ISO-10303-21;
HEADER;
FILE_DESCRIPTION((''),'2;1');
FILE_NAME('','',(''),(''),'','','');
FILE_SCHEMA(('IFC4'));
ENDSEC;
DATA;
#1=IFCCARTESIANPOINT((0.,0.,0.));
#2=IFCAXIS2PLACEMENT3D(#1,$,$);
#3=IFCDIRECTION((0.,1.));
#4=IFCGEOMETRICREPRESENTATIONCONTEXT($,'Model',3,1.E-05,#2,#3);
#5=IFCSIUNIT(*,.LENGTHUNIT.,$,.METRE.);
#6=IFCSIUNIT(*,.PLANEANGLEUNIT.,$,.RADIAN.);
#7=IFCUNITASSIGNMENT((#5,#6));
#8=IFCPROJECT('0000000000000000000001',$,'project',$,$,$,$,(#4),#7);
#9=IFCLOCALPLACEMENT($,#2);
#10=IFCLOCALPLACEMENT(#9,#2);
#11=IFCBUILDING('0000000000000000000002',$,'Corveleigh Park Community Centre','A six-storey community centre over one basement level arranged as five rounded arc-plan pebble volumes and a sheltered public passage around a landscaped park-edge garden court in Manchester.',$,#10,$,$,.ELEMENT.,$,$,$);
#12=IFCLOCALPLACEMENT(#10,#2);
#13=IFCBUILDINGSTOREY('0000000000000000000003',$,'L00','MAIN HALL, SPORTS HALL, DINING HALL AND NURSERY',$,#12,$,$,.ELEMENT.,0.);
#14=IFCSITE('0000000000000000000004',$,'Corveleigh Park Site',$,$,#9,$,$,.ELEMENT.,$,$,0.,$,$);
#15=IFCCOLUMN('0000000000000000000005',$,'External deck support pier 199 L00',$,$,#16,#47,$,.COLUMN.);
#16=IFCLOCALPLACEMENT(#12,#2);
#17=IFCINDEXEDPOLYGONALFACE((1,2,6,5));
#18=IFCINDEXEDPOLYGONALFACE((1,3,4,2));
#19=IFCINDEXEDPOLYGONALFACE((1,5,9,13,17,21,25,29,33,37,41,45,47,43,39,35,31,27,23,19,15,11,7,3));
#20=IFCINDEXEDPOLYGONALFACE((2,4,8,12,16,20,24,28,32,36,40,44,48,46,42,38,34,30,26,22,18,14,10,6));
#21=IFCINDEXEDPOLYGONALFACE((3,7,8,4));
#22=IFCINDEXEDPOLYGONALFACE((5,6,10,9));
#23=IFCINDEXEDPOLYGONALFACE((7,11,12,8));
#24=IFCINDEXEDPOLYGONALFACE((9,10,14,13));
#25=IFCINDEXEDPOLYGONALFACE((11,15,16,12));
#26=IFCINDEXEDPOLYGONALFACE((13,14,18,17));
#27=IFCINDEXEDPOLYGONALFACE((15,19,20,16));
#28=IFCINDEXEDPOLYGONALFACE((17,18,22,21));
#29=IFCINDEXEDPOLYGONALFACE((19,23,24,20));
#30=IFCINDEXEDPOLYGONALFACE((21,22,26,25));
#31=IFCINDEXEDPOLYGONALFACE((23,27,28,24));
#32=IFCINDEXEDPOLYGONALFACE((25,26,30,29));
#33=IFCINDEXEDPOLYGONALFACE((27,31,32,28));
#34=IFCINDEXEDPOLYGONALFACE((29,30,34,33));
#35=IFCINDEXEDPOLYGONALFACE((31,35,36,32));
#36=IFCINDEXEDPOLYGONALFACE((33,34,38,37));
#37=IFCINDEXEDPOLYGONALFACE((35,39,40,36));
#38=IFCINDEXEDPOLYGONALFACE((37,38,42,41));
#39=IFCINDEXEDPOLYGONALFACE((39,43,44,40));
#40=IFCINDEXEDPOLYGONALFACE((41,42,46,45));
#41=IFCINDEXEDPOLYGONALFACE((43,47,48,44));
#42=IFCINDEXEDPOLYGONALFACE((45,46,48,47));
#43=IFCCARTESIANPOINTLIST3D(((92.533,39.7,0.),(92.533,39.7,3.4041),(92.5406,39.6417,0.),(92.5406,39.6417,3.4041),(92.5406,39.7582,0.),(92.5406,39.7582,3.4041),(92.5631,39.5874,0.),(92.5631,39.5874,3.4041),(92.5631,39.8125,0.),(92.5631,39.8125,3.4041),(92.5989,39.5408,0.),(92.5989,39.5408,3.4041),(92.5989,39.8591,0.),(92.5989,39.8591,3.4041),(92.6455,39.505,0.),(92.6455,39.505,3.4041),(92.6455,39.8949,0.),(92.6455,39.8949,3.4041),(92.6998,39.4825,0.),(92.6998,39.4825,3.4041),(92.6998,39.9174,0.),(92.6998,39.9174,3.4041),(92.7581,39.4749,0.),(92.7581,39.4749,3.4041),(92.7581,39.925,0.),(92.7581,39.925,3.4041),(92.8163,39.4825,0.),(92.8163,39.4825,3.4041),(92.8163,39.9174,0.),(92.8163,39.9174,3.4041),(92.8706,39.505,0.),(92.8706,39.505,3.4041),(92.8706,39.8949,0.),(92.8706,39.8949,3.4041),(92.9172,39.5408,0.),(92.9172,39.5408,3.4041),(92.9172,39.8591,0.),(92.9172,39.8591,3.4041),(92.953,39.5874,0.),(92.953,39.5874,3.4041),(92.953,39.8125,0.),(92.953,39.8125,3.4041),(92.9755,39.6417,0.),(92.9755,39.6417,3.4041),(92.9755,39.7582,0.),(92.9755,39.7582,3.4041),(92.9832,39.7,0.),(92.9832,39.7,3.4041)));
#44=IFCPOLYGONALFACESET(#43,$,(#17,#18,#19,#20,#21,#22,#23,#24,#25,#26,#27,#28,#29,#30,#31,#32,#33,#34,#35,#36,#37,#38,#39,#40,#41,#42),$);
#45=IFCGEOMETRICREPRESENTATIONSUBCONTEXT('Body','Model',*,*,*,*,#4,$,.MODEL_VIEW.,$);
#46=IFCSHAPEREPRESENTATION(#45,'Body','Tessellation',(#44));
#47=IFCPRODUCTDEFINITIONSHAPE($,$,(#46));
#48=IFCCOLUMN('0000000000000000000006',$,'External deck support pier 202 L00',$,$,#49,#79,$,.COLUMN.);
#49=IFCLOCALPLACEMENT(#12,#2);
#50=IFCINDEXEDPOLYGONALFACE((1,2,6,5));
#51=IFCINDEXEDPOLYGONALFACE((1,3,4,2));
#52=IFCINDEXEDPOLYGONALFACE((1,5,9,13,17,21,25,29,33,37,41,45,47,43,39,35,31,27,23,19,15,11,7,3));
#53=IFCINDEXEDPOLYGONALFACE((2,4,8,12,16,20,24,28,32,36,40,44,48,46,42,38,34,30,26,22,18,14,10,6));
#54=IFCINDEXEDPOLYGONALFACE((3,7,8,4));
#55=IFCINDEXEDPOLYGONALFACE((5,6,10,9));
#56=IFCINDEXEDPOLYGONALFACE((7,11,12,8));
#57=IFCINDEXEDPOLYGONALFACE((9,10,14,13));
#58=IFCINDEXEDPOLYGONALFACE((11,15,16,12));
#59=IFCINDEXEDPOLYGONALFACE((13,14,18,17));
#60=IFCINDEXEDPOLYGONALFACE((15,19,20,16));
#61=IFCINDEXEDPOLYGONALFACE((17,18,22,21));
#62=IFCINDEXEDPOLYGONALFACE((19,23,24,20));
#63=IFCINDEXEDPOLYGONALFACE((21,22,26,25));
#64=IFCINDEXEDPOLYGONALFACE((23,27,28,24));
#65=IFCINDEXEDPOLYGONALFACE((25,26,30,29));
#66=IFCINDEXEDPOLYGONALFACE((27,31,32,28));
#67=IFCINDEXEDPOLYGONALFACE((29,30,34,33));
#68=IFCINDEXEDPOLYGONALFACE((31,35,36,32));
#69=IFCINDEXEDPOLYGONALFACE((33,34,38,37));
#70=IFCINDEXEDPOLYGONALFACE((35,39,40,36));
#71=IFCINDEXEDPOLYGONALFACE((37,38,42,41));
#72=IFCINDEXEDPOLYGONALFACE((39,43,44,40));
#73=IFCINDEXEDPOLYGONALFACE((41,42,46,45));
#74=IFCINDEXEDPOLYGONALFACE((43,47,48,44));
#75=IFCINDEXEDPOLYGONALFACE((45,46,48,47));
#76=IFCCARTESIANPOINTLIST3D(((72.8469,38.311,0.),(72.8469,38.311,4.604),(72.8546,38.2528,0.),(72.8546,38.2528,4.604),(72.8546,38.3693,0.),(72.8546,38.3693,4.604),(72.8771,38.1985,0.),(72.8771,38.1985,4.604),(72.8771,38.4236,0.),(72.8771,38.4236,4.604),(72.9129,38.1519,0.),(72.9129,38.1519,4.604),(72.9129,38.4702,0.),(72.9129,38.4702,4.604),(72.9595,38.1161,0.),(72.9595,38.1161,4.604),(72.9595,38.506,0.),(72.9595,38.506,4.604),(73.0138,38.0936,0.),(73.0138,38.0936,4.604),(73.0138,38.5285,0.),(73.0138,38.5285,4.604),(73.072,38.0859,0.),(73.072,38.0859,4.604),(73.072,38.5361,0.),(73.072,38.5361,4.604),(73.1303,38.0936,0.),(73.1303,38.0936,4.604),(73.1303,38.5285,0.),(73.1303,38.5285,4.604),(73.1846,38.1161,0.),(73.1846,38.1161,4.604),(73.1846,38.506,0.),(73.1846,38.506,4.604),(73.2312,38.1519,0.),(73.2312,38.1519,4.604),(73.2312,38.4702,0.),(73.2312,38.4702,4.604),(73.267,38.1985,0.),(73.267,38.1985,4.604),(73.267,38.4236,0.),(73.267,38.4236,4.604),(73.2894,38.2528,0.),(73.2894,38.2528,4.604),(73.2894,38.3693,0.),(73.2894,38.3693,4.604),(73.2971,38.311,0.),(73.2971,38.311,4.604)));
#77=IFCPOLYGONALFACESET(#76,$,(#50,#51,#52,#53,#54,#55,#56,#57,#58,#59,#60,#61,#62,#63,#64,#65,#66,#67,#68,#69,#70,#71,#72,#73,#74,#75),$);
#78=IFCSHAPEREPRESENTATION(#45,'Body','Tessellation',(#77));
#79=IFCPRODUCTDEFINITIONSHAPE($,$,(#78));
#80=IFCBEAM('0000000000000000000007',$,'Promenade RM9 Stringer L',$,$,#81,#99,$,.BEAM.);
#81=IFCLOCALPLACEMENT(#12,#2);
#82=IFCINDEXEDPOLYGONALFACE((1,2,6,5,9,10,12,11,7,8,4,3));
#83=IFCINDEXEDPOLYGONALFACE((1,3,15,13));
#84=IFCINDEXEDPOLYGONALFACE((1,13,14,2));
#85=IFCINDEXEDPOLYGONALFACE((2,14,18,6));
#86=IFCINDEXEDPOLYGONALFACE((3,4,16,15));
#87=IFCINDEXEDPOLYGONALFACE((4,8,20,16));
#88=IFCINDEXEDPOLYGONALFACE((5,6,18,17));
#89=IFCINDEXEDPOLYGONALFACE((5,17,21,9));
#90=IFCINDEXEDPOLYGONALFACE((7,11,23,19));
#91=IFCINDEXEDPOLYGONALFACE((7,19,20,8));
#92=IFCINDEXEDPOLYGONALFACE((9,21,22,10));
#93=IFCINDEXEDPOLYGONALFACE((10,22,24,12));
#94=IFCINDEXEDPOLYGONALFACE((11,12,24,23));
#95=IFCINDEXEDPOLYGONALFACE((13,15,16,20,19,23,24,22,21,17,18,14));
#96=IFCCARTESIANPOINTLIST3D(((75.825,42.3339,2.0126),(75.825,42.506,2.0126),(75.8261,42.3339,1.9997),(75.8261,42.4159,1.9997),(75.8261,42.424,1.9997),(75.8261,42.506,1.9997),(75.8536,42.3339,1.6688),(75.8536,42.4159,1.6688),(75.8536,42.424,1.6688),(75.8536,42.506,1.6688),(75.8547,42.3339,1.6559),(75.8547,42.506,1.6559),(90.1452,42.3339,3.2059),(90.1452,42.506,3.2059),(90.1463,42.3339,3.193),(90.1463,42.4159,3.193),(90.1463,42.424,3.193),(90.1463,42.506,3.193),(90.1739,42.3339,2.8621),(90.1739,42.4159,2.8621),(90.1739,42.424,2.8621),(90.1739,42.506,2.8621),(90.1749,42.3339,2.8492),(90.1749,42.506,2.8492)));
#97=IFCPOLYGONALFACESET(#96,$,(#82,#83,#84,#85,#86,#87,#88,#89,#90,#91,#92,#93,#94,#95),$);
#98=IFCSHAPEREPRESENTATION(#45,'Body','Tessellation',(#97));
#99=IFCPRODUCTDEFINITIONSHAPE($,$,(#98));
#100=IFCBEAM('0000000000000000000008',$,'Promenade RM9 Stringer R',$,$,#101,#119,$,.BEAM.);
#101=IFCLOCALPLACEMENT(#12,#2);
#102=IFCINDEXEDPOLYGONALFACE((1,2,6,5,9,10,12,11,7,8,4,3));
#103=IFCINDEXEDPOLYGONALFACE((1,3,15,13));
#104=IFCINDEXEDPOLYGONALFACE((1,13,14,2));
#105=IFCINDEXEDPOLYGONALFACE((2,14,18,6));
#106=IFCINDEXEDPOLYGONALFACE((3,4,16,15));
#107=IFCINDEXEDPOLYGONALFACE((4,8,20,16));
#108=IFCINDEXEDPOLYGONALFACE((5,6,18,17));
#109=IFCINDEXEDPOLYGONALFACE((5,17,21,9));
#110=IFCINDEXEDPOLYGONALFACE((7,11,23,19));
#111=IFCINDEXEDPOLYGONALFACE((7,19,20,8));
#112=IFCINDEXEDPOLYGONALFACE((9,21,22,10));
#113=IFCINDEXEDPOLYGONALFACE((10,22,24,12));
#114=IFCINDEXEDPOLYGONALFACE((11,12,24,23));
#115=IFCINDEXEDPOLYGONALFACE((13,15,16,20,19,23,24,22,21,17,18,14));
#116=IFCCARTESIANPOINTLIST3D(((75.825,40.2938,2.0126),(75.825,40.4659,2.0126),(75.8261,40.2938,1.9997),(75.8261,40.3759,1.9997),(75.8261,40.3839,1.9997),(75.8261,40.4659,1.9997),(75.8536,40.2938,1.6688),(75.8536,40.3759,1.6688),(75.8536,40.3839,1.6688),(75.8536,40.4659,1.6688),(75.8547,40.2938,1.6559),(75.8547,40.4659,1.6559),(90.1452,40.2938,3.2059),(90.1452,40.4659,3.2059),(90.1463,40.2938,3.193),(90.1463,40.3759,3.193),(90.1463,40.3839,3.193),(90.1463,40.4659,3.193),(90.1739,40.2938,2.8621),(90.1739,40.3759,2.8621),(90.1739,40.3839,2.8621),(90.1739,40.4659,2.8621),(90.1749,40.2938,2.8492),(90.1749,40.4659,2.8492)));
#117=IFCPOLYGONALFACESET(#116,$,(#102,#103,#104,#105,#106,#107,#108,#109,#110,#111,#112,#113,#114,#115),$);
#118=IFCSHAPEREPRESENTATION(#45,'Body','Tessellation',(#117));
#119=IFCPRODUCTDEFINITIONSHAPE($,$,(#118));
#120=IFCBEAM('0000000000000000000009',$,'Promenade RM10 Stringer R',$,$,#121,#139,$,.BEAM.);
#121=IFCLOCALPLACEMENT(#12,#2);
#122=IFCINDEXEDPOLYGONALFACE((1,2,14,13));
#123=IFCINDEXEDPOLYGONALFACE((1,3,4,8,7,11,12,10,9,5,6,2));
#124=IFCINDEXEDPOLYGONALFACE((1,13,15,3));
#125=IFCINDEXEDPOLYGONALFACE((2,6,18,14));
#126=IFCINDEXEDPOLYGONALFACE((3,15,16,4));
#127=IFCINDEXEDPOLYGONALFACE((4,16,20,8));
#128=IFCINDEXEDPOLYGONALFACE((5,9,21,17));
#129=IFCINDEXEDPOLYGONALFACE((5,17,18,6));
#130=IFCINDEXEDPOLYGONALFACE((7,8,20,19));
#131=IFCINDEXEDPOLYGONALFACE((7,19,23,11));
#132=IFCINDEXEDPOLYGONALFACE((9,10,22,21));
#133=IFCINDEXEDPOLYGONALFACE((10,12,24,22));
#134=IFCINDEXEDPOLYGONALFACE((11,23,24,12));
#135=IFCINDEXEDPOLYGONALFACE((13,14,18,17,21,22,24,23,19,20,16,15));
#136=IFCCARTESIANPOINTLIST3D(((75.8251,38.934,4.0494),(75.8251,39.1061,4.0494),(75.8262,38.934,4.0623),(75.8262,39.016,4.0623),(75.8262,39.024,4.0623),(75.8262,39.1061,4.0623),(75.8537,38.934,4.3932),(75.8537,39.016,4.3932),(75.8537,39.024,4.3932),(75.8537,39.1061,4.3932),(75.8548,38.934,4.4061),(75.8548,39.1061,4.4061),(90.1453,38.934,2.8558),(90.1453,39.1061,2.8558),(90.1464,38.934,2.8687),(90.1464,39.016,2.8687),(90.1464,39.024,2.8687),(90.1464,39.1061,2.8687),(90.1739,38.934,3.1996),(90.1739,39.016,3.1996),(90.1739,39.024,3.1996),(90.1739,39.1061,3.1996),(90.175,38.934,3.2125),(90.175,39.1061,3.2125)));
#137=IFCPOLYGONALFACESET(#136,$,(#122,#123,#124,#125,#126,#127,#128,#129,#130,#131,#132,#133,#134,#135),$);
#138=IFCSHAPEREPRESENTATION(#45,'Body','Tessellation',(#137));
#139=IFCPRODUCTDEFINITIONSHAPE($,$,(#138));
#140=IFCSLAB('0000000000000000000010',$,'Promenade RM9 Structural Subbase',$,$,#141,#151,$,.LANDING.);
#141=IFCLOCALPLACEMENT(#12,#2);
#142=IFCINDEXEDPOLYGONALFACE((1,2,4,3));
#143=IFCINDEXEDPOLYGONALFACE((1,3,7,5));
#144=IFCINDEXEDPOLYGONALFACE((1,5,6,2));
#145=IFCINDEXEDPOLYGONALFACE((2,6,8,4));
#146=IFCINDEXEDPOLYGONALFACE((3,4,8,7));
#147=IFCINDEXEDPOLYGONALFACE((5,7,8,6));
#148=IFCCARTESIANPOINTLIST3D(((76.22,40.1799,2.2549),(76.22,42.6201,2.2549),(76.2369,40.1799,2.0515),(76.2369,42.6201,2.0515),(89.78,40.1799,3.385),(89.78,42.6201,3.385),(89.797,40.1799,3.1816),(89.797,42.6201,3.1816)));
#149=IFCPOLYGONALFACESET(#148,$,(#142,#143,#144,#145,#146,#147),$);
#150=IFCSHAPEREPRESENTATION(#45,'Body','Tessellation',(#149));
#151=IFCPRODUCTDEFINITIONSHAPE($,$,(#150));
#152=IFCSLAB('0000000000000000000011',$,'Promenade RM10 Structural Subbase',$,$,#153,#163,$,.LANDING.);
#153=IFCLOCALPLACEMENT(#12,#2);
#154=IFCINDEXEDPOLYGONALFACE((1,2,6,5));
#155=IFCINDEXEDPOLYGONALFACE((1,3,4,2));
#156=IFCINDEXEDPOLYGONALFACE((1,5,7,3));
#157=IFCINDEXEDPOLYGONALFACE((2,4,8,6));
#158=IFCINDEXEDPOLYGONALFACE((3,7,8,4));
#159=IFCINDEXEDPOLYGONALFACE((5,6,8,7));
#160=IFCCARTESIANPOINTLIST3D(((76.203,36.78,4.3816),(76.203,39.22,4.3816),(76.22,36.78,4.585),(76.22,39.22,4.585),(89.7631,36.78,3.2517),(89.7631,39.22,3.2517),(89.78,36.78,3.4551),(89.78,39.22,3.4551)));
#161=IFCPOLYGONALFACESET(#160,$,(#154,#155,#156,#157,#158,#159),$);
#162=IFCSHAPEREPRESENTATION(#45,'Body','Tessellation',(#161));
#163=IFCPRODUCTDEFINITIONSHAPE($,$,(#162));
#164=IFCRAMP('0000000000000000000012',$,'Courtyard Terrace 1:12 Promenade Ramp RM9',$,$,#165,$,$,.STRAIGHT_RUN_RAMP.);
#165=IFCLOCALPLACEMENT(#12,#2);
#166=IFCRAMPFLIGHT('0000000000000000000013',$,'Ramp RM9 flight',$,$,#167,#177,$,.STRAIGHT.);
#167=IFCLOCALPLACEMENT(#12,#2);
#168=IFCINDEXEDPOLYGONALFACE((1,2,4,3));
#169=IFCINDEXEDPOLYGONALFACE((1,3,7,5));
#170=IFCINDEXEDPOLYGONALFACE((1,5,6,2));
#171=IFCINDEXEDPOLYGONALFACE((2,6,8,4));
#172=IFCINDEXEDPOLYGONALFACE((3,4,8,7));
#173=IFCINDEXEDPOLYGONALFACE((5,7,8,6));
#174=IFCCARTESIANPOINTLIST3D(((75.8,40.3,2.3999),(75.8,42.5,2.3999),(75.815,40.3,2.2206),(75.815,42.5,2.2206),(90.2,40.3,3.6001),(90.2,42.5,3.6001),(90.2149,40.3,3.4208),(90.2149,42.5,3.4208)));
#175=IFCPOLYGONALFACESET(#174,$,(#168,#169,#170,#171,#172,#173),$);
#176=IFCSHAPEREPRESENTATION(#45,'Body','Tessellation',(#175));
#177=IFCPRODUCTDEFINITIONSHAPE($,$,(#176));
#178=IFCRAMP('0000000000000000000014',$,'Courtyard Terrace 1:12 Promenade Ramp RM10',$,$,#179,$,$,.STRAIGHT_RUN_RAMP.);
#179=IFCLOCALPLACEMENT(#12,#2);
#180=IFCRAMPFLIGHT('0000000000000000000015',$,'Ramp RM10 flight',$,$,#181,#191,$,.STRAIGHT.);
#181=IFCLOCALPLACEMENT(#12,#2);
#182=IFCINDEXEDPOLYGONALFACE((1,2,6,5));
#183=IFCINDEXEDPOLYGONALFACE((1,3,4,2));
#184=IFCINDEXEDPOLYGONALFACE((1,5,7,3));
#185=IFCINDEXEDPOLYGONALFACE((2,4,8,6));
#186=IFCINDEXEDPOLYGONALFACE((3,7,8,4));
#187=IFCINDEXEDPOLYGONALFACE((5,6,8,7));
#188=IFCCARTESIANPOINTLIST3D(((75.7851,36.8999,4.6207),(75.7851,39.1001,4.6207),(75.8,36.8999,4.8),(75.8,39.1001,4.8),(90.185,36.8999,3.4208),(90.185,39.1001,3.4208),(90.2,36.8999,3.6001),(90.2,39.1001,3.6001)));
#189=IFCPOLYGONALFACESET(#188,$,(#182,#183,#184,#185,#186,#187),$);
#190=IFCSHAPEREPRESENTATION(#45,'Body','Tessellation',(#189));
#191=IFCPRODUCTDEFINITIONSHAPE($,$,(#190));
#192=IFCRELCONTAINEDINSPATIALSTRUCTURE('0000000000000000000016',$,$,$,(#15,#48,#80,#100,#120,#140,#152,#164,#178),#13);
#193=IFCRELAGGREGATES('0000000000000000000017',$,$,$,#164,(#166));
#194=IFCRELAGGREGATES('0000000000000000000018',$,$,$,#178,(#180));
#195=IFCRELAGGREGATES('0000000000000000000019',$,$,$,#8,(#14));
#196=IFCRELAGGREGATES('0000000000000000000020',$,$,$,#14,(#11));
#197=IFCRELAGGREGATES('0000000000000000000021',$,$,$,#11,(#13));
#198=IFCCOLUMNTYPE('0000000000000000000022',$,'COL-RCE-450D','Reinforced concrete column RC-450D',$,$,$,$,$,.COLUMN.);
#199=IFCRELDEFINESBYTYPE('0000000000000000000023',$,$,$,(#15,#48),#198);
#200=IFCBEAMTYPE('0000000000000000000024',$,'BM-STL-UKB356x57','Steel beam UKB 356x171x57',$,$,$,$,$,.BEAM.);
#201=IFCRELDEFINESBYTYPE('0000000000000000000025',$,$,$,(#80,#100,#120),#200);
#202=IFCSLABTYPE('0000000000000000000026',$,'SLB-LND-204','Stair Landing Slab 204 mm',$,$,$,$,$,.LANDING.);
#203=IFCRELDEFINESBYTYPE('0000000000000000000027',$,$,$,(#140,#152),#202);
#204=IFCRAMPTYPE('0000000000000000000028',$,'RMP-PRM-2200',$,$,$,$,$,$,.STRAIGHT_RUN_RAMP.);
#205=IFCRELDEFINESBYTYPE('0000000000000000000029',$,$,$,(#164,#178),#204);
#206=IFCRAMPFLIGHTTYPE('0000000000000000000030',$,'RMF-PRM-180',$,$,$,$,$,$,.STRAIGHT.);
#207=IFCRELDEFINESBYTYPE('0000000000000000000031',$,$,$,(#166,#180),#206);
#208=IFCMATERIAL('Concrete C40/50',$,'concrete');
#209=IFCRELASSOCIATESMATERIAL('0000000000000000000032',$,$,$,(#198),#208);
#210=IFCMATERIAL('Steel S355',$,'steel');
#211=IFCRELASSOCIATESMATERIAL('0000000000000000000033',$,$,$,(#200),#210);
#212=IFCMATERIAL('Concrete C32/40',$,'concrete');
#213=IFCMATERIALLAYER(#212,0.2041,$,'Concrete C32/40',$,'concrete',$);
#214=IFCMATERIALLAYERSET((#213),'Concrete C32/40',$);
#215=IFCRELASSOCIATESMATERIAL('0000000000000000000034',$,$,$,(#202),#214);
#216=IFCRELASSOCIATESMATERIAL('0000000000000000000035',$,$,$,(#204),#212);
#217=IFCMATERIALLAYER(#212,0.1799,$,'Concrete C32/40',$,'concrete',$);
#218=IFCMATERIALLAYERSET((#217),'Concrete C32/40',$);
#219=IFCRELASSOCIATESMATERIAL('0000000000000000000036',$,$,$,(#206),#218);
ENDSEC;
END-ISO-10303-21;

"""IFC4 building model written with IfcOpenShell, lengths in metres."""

from ifc_helpers import new_model, si_unit, direction, frame, origin, origin_2d, place, context, subcontext, project, spatial, polyline, circle, i_section, outline, extrude, material, layer, layer_set, material_profile, profile_set, type_object, element, aggregate, save


model = new_model("IFC4")

# Units and contexts
model_context = context("Model", 3, precision=1e-05, world=origin(), true_north=direction((0.0, 1.0)))
body_context = subcontext(model_context, "Body", "Model", "MODEL_VIEW")
ifc_project = project(units=[si_unit("LENGTHUNIT", "METRE"), si_unit("PLANEANGLEUNIT", "RADIAN")], contexts=[model_context])

# Site, building, storey
site_placement = place(None, origin())
site = spatial("IfcSite", under=ifc_project, at=site_placement, Name="Corveleigh Park Site", CompositionType="ELEMENT", RefElevation=0.0)
building_placement = place(site_placement, origin())
building = spatial("IfcBuilding", under=site, at=building_placement, Name="Corveleigh Park Community Centre", Description="A six-storey community centre over one basement level arranged as five rounded arc-plan pebble volumes and a sheltered public passage around a landscaped park-edge garden court in Manchester.", CompositionType="ELEMENT")
storey_placement = place(building_placement, origin())
storey = spatial("IfcBuildingStorey", under=building, at=storey_placement, Name="L00", Description="MAIN HALL, SPORTS HALL, DINING HALL AND NURSERY", CompositionType="ELEMENT", Elevation=0.0)

# Columns
ifc_material_1 = material(Name="Concrete C40/50", Category="concrete")
ifc_material_profile_1 = material_profile(ifc_material_1, circle(Radius=0.2251, at=origin_2d()), Name="RC-450D", Category="concrete")
ifc_profile_set_1 = profile_set([ifc_material_profile_1], Name="Concrete C40/50")
column_type = type_object("IfcColumnType", Name="COL-RCE-450D", Description="Reinforced concrete column RC-450D", PredefinedType="COLUMN", material=ifc_profile_set_1)
for number, where, z_axis, x_axis, name in (
    (1, (92.7581, 39.7, 0.0), (0.0, 0.0, 1.0), (1.0, 0.0, 0.0), "External deck support pier 199 L00"),
):
    element("IfcColumn", number, at=place(storey_placement, frame(where, z_axis=z_axis, x_axis=x_axis)), inside=storey, type_object=column_type, Name=name, PredefinedType="COLUMN", context=body_context, shape_type="SweptSolid", body=[
        extrude(circle(Radius=0.2251, at=origin_2d()), origin(), (0.0, 0.0, 1.0), 3.4041),
    ])
column_1_placement = place(storey_placement, frame((73.072, 38.311, 0.0), z_axis=(0.0, 0.0, 1.0), x_axis=(1.0, 0.0, 0.0)))
element("IfcColumn", 2, at=column_1_placement, inside=storey, type_object=column_type, Name="External deck support pier 202 L00", PredefinedType="COLUMN", context=body_context, shape_type="SweptSolid", body=[
    extrude(circle(Radius=0.2251, at=origin_2d()), origin(), (0.0, 0.0, 1.0), 4.604),
])

# Beams
ifc_material_2 = material(Name="Steel S355", Category="steel")
ifc_material_profile_2 = material_profile(ifc_material_2, i_section(OverallWidth=0.1721, OverallDepth=0.3579, WebThickness=0.0081, FlangeThickness=0.0129, at=origin_2d()), Name="UKB 356x171x57", Category="steel")
ifc_profile_set_2 = profile_set([ifc_material_profile_2], Name="Steel S355")
beam_type = type_object("IfcBeamType", Name="BM-STL-UKB356x57", Description="Steel beam UKB 356x171x57", PredefinedType="BEAM", material=ifc_profile_set_2)
for number, where, z_axis, x_axis, name in (
    (3, (75.8398, 42.4199, 1.8342), (0.996546, 0.0, 0.083045), (0.0, 1.0, 0.0), "Promenade RM9 Stringer L"),
    (4, (75.8398, 40.3799, 1.8342), (0.996546, 0.0, 0.083045), (0.0, 1.0, 0.0), "Promenade RM9 Stringer R"),
    (5, (90.1602, 39.02, 3.0342), (-0.996544, 0.0, 0.083062), (0.0, -1.0, 0.0), "Promenade RM10 Stringer R"),
):
    element("IfcBeam", number, at=place(storey_placement, frame(where, z_axis=z_axis, x_axis=x_axis)), inside=storey, type_object=beam_type, Name=name, PredefinedType="BEAM", context=body_context, shape_type="SweptSolid", body=[
        extrude(i_section(OverallWidth=0.1721, OverallDepth=0.3579, WebThickness=0.0081, FlangeThickness=0.0129, at=origin_2d()), origin(), (0.0, 0.0, 1.0), 14.3699),
    ])

# Slabs
ifc_material_3 = material(Name="Concrete C32/40", Category="concrete")
ifc_layer_1 = layer(ifc_material_3, 0.2041, Name="Concrete C32/40", Category="concrete")
ifc_layer_set_1 = layer_set([ifc_layer_1], Name="Concrete C32/40")
slab_type = type_object("IfcSlabType", Name="SLB-LND-204", Description="Stair Landing Slab 204 mm", PredefinedType="LANDING", material=ifc_layer_set_1)
slab_1_placement = place(storey_placement, frame((76.22, 40.1799, 2.2549), z_axis=(-0.083054, 0.0, 0.996545), x_axis=(0.996545, 0.0, 0.083054)))
element("IfcSlab", 6, at=slab_1_placement, inside=storey, type_object=slab_type, Name="Promenade RM9 Structural Subbase", PredefinedType="LANDING", context=body_context, shape_type="SweptSolid", body=[
    extrude(outline(polyline([(0.0, 0.0), (13.6071, 0.0), (13.6071, 2.4402), (0.0, 2.4402), (0.0, 0.0)])), origin(), (0.0, 0.0, -1.0), 0.2041),
])
slab_2_placement = place(storey_placement, frame((89.78, 39.22, 3.4551), z_axis=(0.083037, 0.0, 0.996547), x_axis=(-0.996547, 0.0, 0.083037)))
element("IfcSlab", 7, at=slab_2_placement, inside=storey, type_object=slab_type, Name="Promenade RM10 Structural Subbase", PredefinedType="LANDING", context=body_context, shape_type="SweptSolid", body=[
    extrude(outline(polyline([(0.0, 0.0), (13.6071, 0.0), (13.6071, 2.4399), (0.0, 2.4399), (0.0, 0.0)])), origin(), (0.0, 0.0, -1.0), 0.2041),
])

# Ramps, ramp flights
ramp_type = type_object("IfcRampType", Name="RMP-PRM-2200", PredefinedType="STRAIGHT_RUN_RAMP", material=ifc_material_3)
ramp_1_placement = place(storey_placement, origin())
ramp_1 = element("IfcRamp", 8, at=ramp_1_placement, inside=storey, type_object=ramp_type, Name="Courtyard Terrace 1:12 Promenade Ramp RM9", PredefinedType="STRAIGHT_RUN_RAMP")
ifc_layer_2 = layer(ifc_material_3, 0.1799, Name="Concrete C32/40", Category="concrete")
ifc_layer_set_2 = layer_set([ifc_layer_2], Name="Concrete C32/40")
ramp_flight_type = type_object("IfcRampFlightType", Name="RMF-PRM-180", PredefinedType="STRAIGHT", material=ifc_layer_set_2)
ramp_flight_1_placement = place(storey_placement, frame((75.8, 40.3, 2.3999), z_axis=(-0.083059, 0.0, 0.996545), x_axis=(0.996545, 0.0, 0.083059)))
ramp_flight_1 = element("IfcRampFlight", 9, at=ramp_flight_1_placement, type_object=ramp_flight_type, Name="Ramp RM9 flight", PredefinedType="STRAIGHT", context=body_context, shape_type="SweptSolid", body=[
    extrude(outline(polyline([(0.0, 0.0), (14.4498, 0.0), (14.4498, 2.2), (0.0, 2.2), (0.0, 0.0)])), origin(), (0.0, 0.0, -1.0), 0.1799),
])
aggregate(ramp_1, [ramp_flight_1])
ramp_2_placement = place(storey_placement, origin())
ramp_2 = element("IfcRamp", 10, at=ramp_2_placement, inside=storey, type_object=ramp_type, Name="Courtyard Terrace 1:12 Promenade Ramp RM10", PredefinedType="STRAIGHT_RUN_RAMP")
ramp_flight_2_placement = place(storey_placement, frame((90.2, 39.1001, 3.6001), z_axis=(0.083043, 0.0, 0.996546), x_axis=(-0.996546, 0.0, 0.083043)))
ramp_flight_2 = element("IfcRampFlight", 11, at=ramp_flight_2_placement, type_object=ramp_flight_type, Name="Ramp RM10 flight", PredefinedType="STRAIGHT", context=body_context, shape_type="SweptSolid", body=[
    extrude(outline(polyline([(0.0, 0.0), (14.4498, 0.0), (14.4498, 2.2002), (0.0, 2.2002), (0.0, 0.0)])), origin(), (0.0, 0.0, -1.0), 0.1799),
])
aggregate(ramp_2, [ramp_flight_2])

save(model, "model.ifc")
